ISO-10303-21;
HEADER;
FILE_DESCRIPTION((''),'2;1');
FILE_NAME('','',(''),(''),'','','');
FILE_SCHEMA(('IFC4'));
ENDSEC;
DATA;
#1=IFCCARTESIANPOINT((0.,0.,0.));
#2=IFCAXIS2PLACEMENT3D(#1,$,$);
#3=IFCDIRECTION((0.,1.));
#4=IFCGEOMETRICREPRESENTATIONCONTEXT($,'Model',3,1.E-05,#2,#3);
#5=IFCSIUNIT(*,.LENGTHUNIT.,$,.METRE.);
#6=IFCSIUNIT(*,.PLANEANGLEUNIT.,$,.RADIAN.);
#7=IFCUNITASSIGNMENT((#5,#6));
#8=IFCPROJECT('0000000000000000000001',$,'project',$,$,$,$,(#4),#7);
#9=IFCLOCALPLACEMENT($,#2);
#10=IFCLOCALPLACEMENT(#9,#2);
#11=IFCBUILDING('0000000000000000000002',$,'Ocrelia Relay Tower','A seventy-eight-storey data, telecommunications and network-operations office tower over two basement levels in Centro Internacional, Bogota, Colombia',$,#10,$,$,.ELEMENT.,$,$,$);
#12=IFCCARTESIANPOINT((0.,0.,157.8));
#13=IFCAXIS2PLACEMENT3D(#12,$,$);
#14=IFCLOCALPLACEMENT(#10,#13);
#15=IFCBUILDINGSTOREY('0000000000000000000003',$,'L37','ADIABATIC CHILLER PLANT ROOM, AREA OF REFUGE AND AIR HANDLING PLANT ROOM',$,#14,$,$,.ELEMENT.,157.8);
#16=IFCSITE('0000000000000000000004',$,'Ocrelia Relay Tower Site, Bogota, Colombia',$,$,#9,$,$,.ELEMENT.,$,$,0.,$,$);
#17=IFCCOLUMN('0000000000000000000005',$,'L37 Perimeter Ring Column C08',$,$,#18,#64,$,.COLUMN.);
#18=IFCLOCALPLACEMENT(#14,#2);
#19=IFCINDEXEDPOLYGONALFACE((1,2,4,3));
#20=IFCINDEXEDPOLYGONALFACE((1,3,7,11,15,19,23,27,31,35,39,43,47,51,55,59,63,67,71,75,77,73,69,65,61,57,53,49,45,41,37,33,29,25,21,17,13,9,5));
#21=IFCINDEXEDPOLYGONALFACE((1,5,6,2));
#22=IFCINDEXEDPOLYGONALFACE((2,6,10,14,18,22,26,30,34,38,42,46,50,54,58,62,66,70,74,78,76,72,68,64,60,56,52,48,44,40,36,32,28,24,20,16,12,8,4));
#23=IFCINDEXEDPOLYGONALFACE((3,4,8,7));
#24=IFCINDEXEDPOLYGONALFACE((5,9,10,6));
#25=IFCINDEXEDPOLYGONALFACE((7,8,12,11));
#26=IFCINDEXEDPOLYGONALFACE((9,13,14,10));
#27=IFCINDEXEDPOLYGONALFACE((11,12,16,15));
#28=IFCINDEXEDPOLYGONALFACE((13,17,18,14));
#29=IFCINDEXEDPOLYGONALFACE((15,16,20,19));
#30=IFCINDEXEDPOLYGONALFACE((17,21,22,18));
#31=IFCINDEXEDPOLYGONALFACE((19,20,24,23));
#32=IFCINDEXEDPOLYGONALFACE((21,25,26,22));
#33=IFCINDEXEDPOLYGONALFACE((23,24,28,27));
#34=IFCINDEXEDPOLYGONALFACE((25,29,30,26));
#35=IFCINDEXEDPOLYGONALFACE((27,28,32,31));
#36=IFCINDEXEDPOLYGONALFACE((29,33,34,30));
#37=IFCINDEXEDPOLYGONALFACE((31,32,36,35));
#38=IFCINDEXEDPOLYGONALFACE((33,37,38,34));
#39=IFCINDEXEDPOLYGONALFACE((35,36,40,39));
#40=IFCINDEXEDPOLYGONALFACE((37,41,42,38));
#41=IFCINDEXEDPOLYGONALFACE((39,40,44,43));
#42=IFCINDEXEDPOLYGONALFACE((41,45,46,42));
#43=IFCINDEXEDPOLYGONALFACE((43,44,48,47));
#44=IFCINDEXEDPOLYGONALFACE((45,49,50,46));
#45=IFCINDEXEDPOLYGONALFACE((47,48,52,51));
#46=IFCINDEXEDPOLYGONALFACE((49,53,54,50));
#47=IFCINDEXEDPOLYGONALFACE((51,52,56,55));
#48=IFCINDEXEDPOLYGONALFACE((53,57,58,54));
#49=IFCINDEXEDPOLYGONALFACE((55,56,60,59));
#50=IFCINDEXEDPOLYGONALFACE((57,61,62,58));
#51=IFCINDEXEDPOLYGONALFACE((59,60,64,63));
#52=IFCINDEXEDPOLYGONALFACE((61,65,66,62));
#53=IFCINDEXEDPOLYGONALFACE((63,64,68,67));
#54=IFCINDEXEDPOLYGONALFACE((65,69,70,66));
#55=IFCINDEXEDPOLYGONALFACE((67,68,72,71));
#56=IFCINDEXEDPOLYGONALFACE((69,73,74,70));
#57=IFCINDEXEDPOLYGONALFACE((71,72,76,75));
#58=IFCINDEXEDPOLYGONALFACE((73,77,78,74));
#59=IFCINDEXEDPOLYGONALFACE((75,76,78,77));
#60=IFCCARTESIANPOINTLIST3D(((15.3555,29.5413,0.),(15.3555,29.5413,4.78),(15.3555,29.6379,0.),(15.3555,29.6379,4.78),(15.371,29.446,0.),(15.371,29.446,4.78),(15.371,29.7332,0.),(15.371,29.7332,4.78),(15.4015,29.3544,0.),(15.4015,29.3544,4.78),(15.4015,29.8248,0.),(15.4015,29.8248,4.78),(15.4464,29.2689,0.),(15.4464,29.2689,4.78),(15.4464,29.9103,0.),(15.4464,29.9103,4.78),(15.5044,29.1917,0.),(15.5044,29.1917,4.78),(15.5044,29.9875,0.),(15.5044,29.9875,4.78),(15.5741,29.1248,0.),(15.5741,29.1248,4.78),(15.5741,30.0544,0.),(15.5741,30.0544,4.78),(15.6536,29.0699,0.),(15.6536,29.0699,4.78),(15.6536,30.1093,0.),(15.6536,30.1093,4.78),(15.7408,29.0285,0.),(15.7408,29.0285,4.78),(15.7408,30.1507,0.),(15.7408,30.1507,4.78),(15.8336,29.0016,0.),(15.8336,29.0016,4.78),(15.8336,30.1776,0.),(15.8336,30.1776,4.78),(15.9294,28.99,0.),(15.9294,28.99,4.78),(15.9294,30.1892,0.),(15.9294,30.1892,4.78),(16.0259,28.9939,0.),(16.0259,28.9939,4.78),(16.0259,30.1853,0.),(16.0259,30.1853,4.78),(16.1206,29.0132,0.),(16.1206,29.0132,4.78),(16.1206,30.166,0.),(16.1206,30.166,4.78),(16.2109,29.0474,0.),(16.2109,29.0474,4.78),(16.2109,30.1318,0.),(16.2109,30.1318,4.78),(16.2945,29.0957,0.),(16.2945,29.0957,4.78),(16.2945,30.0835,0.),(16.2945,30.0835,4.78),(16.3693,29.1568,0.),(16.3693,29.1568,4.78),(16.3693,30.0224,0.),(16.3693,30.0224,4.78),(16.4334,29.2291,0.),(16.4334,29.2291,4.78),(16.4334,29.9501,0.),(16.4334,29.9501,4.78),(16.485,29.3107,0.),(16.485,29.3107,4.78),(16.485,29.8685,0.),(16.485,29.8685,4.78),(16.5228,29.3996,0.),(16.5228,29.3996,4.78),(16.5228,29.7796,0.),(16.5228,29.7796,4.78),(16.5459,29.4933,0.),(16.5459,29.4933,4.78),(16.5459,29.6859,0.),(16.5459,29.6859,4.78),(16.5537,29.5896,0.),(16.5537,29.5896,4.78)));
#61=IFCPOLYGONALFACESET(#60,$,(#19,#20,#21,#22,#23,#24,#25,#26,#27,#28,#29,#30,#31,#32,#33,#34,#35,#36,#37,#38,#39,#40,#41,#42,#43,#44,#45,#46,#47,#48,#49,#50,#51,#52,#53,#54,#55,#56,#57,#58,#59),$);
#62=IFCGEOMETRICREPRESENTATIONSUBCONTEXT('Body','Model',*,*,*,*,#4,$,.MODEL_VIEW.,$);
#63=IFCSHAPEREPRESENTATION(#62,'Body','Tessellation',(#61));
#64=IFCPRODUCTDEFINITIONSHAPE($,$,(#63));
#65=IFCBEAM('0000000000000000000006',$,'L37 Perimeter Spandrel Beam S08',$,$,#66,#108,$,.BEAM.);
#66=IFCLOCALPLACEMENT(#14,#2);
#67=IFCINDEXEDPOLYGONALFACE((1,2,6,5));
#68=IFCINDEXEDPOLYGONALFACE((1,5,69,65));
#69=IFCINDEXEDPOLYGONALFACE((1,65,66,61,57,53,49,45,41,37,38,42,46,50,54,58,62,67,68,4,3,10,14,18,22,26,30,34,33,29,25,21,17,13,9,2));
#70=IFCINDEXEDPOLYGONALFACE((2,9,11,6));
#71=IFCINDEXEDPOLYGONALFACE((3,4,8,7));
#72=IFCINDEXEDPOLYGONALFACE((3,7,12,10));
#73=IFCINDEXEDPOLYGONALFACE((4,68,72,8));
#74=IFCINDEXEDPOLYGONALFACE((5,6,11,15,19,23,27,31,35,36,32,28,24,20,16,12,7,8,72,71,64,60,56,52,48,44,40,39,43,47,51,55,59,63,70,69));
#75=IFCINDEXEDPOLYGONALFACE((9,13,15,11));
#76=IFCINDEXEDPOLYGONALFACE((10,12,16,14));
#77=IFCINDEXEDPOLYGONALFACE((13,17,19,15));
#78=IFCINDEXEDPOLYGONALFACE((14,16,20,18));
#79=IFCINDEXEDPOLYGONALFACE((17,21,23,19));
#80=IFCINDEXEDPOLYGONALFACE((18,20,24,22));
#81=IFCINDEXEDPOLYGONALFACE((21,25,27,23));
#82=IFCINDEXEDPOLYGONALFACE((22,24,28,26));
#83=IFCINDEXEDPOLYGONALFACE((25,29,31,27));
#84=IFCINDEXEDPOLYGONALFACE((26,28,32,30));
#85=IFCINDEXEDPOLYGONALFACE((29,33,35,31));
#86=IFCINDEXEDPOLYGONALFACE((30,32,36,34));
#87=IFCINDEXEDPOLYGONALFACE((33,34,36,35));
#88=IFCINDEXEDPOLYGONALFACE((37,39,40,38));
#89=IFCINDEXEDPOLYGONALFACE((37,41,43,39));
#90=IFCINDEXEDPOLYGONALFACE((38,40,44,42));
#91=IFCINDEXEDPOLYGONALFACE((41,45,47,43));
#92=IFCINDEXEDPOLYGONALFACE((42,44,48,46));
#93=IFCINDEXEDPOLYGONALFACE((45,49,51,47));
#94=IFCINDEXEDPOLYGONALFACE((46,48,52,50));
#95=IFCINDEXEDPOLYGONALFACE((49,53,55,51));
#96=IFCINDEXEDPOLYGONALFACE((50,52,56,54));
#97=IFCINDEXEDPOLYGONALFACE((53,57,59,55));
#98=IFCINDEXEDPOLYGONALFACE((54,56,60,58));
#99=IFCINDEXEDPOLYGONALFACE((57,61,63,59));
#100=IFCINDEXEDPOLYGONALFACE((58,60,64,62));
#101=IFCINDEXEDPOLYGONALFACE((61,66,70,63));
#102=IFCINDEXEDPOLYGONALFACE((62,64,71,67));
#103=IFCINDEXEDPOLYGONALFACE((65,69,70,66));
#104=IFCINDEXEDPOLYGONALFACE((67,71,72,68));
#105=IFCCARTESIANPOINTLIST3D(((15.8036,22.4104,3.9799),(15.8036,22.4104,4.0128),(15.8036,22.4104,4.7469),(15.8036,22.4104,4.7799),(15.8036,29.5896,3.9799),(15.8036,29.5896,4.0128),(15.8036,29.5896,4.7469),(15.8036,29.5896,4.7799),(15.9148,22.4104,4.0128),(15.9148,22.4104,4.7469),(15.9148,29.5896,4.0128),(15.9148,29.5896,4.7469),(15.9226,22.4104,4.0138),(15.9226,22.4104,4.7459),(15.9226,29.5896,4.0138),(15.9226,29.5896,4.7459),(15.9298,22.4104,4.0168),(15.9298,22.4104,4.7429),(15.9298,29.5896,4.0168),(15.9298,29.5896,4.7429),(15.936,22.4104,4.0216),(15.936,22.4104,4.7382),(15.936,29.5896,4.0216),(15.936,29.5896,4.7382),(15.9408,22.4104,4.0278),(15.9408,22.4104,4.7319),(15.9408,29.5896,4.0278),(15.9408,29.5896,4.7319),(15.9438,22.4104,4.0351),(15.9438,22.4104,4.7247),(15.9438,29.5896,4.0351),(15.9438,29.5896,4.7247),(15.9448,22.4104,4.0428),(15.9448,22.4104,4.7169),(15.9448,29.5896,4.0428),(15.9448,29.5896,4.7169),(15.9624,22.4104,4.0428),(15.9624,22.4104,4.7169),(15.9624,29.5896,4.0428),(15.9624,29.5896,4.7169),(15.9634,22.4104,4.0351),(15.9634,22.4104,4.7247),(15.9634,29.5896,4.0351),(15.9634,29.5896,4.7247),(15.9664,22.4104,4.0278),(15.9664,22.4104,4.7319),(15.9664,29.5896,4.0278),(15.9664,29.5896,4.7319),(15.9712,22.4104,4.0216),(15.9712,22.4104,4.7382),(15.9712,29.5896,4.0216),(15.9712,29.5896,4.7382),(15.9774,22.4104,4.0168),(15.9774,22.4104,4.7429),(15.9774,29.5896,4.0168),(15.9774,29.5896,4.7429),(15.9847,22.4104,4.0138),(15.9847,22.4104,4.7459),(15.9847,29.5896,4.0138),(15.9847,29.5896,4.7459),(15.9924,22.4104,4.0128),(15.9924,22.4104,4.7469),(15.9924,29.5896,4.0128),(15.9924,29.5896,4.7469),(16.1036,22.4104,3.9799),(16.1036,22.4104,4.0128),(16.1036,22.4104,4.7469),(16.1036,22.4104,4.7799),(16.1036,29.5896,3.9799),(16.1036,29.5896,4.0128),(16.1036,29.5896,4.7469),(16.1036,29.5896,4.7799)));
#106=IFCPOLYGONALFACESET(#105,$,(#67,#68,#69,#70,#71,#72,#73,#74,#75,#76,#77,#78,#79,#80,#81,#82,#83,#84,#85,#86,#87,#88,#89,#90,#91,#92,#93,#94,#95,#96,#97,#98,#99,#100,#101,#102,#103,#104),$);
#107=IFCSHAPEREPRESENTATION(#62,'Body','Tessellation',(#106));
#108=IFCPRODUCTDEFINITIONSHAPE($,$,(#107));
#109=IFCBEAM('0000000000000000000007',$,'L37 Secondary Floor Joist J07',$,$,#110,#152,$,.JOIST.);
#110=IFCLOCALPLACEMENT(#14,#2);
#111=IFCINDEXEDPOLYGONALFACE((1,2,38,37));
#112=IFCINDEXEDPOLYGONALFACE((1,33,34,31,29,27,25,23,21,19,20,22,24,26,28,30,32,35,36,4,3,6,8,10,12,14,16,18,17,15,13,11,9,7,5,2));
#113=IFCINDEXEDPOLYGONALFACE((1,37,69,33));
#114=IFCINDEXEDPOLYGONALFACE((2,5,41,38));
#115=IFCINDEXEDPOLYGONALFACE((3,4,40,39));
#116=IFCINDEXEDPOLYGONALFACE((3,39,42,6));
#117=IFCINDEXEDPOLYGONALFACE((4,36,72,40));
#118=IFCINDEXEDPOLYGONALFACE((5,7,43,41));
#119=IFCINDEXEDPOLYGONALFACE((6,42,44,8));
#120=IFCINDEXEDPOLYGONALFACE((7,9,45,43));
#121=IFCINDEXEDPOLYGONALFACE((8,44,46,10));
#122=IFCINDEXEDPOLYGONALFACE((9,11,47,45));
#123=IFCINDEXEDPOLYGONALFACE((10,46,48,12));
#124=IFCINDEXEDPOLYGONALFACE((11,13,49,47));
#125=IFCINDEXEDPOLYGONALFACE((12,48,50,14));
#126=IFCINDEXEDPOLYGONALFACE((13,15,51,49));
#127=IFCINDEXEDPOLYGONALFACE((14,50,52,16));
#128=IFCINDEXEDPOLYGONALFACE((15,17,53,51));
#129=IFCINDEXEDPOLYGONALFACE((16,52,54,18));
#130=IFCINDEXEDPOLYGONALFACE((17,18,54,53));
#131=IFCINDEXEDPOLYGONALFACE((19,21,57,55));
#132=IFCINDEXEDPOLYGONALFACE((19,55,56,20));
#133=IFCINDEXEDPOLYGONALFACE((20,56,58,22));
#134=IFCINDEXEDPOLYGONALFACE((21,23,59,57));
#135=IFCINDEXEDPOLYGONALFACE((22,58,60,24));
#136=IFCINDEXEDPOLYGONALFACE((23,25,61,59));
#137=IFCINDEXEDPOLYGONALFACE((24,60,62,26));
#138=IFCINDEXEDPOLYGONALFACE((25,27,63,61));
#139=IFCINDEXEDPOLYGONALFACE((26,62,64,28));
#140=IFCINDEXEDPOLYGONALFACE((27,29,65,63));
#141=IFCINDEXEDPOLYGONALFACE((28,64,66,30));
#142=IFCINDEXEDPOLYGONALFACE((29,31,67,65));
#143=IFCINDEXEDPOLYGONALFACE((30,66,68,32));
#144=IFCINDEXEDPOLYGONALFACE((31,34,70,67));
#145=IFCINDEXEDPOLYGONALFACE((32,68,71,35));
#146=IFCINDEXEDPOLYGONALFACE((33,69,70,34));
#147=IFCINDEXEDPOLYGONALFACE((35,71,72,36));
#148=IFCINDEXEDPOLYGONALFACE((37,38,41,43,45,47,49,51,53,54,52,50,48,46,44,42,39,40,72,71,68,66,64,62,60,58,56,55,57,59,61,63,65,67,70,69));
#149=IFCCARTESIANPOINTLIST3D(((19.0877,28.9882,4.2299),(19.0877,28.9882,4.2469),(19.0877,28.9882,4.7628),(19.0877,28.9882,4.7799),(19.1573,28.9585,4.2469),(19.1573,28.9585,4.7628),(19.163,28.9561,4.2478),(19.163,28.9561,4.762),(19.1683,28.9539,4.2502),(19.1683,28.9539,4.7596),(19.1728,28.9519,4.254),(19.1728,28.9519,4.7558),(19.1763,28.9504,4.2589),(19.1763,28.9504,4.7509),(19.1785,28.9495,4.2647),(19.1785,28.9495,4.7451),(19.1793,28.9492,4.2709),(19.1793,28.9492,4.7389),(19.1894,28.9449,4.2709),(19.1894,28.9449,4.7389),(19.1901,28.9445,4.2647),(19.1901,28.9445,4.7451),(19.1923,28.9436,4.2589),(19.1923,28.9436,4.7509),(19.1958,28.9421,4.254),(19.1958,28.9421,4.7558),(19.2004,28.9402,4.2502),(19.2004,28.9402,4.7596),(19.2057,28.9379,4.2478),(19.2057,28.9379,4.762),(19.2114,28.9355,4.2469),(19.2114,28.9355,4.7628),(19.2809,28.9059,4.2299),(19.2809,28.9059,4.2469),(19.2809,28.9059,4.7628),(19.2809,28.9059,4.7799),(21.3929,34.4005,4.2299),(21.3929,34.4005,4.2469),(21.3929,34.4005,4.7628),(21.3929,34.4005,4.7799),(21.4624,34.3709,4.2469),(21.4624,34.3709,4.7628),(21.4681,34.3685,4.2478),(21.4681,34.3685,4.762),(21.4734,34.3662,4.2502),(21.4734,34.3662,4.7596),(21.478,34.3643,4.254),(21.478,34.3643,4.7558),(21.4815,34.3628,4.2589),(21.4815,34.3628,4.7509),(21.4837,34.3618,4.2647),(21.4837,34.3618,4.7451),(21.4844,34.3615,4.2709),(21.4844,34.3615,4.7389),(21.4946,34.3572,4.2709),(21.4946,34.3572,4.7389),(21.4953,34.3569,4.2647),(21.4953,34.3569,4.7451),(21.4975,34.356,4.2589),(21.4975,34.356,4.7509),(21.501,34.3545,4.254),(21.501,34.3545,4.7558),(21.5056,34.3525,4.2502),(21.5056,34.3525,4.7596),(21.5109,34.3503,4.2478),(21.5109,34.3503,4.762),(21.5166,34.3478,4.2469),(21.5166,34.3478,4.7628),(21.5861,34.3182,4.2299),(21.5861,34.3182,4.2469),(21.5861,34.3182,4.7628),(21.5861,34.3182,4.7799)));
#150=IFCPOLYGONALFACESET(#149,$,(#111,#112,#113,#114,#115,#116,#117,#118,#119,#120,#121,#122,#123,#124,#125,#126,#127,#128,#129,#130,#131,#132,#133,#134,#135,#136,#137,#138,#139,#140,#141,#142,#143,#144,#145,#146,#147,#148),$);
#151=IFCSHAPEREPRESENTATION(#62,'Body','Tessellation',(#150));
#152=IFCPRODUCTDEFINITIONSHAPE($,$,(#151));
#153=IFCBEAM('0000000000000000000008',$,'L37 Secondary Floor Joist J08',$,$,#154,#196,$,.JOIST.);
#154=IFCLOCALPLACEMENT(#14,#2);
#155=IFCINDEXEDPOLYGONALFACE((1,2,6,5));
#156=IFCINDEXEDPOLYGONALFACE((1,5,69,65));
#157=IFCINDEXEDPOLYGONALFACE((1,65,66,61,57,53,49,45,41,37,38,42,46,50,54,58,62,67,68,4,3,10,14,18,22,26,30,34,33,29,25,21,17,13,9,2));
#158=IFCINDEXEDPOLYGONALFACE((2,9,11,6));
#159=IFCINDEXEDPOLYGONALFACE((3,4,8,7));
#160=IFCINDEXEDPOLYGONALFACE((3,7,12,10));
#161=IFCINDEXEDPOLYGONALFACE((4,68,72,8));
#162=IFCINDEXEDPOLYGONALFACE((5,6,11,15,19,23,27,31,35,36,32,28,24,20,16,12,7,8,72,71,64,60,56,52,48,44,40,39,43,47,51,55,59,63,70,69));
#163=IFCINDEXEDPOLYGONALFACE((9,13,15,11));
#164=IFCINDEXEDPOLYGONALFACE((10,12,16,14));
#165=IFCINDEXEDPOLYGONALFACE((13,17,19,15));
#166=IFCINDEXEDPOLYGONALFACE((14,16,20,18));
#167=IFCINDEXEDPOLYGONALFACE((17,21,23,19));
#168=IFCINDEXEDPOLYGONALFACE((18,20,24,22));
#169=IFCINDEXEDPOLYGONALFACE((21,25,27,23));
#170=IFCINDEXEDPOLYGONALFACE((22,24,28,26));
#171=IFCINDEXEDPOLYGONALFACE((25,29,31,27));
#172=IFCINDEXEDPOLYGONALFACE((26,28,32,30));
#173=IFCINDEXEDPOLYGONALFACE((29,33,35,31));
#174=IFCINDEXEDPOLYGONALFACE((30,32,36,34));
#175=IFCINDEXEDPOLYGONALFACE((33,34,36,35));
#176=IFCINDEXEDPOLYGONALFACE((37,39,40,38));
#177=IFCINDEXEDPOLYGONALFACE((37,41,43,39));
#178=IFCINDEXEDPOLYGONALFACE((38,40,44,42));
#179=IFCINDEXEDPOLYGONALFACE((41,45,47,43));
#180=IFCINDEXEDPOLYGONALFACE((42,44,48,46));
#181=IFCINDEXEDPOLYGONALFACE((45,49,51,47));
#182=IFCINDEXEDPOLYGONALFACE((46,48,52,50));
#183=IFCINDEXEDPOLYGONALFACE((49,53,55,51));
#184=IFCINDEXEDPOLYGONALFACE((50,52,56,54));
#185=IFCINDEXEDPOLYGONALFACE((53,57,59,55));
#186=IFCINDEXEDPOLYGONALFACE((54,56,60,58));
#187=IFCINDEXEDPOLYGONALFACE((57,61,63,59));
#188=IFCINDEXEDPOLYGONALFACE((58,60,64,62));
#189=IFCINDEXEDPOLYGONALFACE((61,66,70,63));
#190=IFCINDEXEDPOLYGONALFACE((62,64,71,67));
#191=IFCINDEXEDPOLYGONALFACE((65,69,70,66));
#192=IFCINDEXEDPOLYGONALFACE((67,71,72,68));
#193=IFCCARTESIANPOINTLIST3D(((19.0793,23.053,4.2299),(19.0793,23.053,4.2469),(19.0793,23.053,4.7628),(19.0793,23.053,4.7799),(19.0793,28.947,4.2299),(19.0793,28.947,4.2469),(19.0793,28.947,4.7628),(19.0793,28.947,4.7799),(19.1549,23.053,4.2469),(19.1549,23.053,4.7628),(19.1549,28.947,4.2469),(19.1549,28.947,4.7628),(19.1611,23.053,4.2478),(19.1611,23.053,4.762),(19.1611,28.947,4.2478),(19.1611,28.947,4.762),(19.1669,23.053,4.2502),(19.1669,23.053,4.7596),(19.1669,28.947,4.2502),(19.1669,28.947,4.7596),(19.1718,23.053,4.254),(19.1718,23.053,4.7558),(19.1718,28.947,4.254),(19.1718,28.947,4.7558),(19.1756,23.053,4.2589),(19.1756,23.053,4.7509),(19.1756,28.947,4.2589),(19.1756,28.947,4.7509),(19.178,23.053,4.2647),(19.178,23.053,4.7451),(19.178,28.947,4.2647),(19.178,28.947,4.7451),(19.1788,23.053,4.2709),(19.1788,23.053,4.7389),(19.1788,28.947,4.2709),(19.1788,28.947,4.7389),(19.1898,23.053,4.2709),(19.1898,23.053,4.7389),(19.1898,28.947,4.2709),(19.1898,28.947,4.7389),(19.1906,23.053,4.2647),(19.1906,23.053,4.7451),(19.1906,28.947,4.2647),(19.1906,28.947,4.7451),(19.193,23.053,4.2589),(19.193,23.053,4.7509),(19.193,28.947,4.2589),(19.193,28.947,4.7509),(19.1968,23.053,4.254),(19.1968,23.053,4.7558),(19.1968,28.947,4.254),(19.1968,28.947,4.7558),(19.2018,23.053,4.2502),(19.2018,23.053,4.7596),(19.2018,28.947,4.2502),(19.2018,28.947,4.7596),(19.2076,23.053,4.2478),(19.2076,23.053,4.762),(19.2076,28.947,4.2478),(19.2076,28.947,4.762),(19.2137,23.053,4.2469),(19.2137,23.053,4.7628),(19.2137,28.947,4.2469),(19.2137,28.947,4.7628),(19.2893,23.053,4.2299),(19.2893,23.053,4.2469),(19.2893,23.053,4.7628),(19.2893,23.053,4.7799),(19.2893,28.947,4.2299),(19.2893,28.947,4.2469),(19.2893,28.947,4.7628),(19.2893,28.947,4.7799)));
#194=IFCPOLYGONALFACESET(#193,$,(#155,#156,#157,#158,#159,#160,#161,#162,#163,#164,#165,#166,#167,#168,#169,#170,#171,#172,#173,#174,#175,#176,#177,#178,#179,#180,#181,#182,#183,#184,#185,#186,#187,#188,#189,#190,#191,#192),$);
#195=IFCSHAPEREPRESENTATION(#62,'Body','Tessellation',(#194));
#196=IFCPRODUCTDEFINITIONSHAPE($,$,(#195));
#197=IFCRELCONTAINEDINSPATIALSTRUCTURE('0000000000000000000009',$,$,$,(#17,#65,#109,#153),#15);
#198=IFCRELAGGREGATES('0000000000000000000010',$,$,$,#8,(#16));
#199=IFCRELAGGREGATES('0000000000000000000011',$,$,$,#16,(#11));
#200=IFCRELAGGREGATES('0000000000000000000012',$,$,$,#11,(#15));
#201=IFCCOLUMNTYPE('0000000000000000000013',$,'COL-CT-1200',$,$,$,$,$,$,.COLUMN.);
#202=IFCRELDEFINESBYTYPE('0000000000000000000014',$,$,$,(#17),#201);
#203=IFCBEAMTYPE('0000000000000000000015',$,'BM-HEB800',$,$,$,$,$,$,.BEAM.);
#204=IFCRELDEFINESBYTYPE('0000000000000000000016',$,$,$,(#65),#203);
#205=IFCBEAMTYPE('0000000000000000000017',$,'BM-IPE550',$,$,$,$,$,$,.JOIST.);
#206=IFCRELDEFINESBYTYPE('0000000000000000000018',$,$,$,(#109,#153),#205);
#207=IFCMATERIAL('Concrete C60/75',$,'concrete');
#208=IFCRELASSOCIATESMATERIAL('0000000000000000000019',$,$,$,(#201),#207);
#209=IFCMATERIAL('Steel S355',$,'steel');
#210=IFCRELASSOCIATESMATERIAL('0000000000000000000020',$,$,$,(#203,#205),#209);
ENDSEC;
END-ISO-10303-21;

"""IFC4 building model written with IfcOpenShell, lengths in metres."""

from ifc_helpers import new_model, si_unit, direction, frame, origin, origin_2d, place, context, subcontext, project, spatial, circle, i_section, extrude, material, material_profile, profile_set, type_object, element, save


model = new_model("IFC4")

# Units and contexts
model_context = context("Model", 3, precision=1e-05, world=origin(), true_north=direction((0.0, 1.0)))
body_context = subcontext(model_context, "Body", "Model", "MODEL_VIEW")
ifc_project = project(units=[si_unit("LENGTHUNIT", "METRE"), si_unit("PLANEANGLEUNIT", "RADIAN")], contexts=[model_context])

# Site, building, storey
site_placement = place(None, origin())
site = spatial("IfcSite", under=ifc_project, at=site_placement, Name="Ocrelia Relay Tower Site, Bogota, Colombia", CompositionType="ELEMENT", RefElevation=0.0)
building_placement = place(site_placement, origin())
building = spatial("IfcBuilding", under=site, at=building_placement, Name="Ocrelia Relay Tower", Description="A seventy-eight-storey data, telecommunications and network-operations office tower over two basement levels in Centro Internacional, Bogota, Colombia", CompositionType="ELEMENT")
storey_placement = place(building_placement, frame((0.0, 0.0, 157.8)))
storey = spatial("IfcBuildingStorey", under=building, at=storey_placement, Name="L37", Description="ADIABATIC CHILLER PLANT ROOM, AREA OF REFUGE AND AIR HANDLING PLANT ROOM", CompositionType="ELEMENT", Elevation=157.8)

# Column
ifc_material_1 = material(Name="Concrete C60/75", Category="concrete")
ifc_material_profile_1 = material_profile(ifc_material_1, circle(Radius=0.6001, at=origin_2d()), Name="RC-CIR-1200")
ifc_profile_set_1 = profile_set([ifc_material_profile_1], Name="Concrete C60/75")
column_type = type_object("IfcColumnType", Name="COL-CT-1200", PredefinedType="COLUMN", material=ifc_profile_set_1)
column_placement = place(storey_placement, frame((15.9536, 29.5896, 0.0), z_axis=(0.0, 0.0, 1.0), x_axis=(1.0, 0.0, 0.0)))
element("IfcColumn", 1, at=column_placement, inside=storey, type_object=column_type, Name="L37 Perimeter Ring Column C08", PredefinedType="COLUMN", context=body_context, shape_type="SweptSolid", body=[
    extrude(circle(Radius=0.6001, at=origin_2d()), origin(), (0.0, 0.0, 1.0), 4.78),
])

# Beams
ifc_material_2 = material(Name="Steel S355", Category="steel")
ifc_material_profile_2 = material_profile(ifc_material_2, i_section(OverallWidth=0.3, OverallDepth=0.8, WebThickness=0.0176, FlangeThickness=0.033, FilletRadius=0.03, at=origin_2d()), Name="HEB 800")
ifc_profile_set_2 = profile_set([ifc_material_profile_2], Name="Steel S355")
beam_type_1 = type_object("IfcBeamType", Name="BM-HEB800", PredefinedType="BEAM", material=ifc_profile_set_2)
beam_1_placement = place(storey_placement, frame((15.9536, 29.5896, 4.3799), z_axis=(0.0, -1.0, 0.0), x_axis=(1.0, 0.0, 0.0)))
element("IfcBeam", 2, at=beam_1_placement, inside=storey, type_object=beam_type_1, Name="L37 Perimeter Spandrel Beam S08", PredefinedType="BEAM", context=body_context, shape_type="SweptSolid", body=[
    extrude(i_section(OverallWidth=0.3, OverallDepth=0.8, WebThickness=0.0176, FlangeThickness=0.033, FilletRadius=0.03, at=origin_2d()), origin(), (0.0, 0.0, 1.0), 7.1792),
])
ifc_material_profile_3 = material_profile(ifc_material_2, i_section(OverallWidth=0.21, OverallDepth=0.55, WebThickness=0.011, FlangeThickness=0.0171, FilletRadius=0.0239, at=origin_2d()), Name="IPE 550")
ifc_profile_set_3 = profile_set([ifc_material_profile_3], Name="Steel S355")
beam_type_2 = type_object("IfcBeamType", Name="BM-IPE550", PredefinedType="JOIST", material=ifc_profile_set_3)
beam_2_placement = place(storey_placement, frame((21.4895, 34.3594, 4.5049), z_axis=(-0.39185, -0.920029, 0.0), x_axis=(0.920029, -0.39185, 0.0)))
element("IfcBeam", 3, at=beam_2_placement, inside=storey, type_object=beam_type_2, Name="L37 Secondary Floor Joist J07", PredefinedType="JOIST", context=body_context, shape_type="SweptSolid", body=[
    extrude(i_section(OverallWidth=0.21, OverallDepth=0.55, WebThickness=0.011, FlangeThickness=0.0171, FilletRadius=0.0239, at=origin_2d()), origin(), (0.0, 0.0, 1.0), 5.8828),
])
beam_3_placement = place(storey_placement, frame((19.1843, 28.947, 4.5049), z_axis=(0.0, -1.0, 0.0), x_axis=(1.0, 0.0, 0.0)))
element("IfcBeam", 4, at=beam_3_placement, inside=storey, type_object=beam_type_2, Name="L37 Secondary Floor Joist J08", PredefinedType="JOIST", context=body_context, shape_type="SweptSolid", body=[
    extrude(i_section(OverallWidth=0.21, OverallDepth=0.55, WebThickness=0.011, FlangeThickness=0.0171, FilletRadius=0.0239, at=origin_2d()), origin(), (0.0, 0.0, 1.0), 5.894),
])

save(model, "model.ifc")
